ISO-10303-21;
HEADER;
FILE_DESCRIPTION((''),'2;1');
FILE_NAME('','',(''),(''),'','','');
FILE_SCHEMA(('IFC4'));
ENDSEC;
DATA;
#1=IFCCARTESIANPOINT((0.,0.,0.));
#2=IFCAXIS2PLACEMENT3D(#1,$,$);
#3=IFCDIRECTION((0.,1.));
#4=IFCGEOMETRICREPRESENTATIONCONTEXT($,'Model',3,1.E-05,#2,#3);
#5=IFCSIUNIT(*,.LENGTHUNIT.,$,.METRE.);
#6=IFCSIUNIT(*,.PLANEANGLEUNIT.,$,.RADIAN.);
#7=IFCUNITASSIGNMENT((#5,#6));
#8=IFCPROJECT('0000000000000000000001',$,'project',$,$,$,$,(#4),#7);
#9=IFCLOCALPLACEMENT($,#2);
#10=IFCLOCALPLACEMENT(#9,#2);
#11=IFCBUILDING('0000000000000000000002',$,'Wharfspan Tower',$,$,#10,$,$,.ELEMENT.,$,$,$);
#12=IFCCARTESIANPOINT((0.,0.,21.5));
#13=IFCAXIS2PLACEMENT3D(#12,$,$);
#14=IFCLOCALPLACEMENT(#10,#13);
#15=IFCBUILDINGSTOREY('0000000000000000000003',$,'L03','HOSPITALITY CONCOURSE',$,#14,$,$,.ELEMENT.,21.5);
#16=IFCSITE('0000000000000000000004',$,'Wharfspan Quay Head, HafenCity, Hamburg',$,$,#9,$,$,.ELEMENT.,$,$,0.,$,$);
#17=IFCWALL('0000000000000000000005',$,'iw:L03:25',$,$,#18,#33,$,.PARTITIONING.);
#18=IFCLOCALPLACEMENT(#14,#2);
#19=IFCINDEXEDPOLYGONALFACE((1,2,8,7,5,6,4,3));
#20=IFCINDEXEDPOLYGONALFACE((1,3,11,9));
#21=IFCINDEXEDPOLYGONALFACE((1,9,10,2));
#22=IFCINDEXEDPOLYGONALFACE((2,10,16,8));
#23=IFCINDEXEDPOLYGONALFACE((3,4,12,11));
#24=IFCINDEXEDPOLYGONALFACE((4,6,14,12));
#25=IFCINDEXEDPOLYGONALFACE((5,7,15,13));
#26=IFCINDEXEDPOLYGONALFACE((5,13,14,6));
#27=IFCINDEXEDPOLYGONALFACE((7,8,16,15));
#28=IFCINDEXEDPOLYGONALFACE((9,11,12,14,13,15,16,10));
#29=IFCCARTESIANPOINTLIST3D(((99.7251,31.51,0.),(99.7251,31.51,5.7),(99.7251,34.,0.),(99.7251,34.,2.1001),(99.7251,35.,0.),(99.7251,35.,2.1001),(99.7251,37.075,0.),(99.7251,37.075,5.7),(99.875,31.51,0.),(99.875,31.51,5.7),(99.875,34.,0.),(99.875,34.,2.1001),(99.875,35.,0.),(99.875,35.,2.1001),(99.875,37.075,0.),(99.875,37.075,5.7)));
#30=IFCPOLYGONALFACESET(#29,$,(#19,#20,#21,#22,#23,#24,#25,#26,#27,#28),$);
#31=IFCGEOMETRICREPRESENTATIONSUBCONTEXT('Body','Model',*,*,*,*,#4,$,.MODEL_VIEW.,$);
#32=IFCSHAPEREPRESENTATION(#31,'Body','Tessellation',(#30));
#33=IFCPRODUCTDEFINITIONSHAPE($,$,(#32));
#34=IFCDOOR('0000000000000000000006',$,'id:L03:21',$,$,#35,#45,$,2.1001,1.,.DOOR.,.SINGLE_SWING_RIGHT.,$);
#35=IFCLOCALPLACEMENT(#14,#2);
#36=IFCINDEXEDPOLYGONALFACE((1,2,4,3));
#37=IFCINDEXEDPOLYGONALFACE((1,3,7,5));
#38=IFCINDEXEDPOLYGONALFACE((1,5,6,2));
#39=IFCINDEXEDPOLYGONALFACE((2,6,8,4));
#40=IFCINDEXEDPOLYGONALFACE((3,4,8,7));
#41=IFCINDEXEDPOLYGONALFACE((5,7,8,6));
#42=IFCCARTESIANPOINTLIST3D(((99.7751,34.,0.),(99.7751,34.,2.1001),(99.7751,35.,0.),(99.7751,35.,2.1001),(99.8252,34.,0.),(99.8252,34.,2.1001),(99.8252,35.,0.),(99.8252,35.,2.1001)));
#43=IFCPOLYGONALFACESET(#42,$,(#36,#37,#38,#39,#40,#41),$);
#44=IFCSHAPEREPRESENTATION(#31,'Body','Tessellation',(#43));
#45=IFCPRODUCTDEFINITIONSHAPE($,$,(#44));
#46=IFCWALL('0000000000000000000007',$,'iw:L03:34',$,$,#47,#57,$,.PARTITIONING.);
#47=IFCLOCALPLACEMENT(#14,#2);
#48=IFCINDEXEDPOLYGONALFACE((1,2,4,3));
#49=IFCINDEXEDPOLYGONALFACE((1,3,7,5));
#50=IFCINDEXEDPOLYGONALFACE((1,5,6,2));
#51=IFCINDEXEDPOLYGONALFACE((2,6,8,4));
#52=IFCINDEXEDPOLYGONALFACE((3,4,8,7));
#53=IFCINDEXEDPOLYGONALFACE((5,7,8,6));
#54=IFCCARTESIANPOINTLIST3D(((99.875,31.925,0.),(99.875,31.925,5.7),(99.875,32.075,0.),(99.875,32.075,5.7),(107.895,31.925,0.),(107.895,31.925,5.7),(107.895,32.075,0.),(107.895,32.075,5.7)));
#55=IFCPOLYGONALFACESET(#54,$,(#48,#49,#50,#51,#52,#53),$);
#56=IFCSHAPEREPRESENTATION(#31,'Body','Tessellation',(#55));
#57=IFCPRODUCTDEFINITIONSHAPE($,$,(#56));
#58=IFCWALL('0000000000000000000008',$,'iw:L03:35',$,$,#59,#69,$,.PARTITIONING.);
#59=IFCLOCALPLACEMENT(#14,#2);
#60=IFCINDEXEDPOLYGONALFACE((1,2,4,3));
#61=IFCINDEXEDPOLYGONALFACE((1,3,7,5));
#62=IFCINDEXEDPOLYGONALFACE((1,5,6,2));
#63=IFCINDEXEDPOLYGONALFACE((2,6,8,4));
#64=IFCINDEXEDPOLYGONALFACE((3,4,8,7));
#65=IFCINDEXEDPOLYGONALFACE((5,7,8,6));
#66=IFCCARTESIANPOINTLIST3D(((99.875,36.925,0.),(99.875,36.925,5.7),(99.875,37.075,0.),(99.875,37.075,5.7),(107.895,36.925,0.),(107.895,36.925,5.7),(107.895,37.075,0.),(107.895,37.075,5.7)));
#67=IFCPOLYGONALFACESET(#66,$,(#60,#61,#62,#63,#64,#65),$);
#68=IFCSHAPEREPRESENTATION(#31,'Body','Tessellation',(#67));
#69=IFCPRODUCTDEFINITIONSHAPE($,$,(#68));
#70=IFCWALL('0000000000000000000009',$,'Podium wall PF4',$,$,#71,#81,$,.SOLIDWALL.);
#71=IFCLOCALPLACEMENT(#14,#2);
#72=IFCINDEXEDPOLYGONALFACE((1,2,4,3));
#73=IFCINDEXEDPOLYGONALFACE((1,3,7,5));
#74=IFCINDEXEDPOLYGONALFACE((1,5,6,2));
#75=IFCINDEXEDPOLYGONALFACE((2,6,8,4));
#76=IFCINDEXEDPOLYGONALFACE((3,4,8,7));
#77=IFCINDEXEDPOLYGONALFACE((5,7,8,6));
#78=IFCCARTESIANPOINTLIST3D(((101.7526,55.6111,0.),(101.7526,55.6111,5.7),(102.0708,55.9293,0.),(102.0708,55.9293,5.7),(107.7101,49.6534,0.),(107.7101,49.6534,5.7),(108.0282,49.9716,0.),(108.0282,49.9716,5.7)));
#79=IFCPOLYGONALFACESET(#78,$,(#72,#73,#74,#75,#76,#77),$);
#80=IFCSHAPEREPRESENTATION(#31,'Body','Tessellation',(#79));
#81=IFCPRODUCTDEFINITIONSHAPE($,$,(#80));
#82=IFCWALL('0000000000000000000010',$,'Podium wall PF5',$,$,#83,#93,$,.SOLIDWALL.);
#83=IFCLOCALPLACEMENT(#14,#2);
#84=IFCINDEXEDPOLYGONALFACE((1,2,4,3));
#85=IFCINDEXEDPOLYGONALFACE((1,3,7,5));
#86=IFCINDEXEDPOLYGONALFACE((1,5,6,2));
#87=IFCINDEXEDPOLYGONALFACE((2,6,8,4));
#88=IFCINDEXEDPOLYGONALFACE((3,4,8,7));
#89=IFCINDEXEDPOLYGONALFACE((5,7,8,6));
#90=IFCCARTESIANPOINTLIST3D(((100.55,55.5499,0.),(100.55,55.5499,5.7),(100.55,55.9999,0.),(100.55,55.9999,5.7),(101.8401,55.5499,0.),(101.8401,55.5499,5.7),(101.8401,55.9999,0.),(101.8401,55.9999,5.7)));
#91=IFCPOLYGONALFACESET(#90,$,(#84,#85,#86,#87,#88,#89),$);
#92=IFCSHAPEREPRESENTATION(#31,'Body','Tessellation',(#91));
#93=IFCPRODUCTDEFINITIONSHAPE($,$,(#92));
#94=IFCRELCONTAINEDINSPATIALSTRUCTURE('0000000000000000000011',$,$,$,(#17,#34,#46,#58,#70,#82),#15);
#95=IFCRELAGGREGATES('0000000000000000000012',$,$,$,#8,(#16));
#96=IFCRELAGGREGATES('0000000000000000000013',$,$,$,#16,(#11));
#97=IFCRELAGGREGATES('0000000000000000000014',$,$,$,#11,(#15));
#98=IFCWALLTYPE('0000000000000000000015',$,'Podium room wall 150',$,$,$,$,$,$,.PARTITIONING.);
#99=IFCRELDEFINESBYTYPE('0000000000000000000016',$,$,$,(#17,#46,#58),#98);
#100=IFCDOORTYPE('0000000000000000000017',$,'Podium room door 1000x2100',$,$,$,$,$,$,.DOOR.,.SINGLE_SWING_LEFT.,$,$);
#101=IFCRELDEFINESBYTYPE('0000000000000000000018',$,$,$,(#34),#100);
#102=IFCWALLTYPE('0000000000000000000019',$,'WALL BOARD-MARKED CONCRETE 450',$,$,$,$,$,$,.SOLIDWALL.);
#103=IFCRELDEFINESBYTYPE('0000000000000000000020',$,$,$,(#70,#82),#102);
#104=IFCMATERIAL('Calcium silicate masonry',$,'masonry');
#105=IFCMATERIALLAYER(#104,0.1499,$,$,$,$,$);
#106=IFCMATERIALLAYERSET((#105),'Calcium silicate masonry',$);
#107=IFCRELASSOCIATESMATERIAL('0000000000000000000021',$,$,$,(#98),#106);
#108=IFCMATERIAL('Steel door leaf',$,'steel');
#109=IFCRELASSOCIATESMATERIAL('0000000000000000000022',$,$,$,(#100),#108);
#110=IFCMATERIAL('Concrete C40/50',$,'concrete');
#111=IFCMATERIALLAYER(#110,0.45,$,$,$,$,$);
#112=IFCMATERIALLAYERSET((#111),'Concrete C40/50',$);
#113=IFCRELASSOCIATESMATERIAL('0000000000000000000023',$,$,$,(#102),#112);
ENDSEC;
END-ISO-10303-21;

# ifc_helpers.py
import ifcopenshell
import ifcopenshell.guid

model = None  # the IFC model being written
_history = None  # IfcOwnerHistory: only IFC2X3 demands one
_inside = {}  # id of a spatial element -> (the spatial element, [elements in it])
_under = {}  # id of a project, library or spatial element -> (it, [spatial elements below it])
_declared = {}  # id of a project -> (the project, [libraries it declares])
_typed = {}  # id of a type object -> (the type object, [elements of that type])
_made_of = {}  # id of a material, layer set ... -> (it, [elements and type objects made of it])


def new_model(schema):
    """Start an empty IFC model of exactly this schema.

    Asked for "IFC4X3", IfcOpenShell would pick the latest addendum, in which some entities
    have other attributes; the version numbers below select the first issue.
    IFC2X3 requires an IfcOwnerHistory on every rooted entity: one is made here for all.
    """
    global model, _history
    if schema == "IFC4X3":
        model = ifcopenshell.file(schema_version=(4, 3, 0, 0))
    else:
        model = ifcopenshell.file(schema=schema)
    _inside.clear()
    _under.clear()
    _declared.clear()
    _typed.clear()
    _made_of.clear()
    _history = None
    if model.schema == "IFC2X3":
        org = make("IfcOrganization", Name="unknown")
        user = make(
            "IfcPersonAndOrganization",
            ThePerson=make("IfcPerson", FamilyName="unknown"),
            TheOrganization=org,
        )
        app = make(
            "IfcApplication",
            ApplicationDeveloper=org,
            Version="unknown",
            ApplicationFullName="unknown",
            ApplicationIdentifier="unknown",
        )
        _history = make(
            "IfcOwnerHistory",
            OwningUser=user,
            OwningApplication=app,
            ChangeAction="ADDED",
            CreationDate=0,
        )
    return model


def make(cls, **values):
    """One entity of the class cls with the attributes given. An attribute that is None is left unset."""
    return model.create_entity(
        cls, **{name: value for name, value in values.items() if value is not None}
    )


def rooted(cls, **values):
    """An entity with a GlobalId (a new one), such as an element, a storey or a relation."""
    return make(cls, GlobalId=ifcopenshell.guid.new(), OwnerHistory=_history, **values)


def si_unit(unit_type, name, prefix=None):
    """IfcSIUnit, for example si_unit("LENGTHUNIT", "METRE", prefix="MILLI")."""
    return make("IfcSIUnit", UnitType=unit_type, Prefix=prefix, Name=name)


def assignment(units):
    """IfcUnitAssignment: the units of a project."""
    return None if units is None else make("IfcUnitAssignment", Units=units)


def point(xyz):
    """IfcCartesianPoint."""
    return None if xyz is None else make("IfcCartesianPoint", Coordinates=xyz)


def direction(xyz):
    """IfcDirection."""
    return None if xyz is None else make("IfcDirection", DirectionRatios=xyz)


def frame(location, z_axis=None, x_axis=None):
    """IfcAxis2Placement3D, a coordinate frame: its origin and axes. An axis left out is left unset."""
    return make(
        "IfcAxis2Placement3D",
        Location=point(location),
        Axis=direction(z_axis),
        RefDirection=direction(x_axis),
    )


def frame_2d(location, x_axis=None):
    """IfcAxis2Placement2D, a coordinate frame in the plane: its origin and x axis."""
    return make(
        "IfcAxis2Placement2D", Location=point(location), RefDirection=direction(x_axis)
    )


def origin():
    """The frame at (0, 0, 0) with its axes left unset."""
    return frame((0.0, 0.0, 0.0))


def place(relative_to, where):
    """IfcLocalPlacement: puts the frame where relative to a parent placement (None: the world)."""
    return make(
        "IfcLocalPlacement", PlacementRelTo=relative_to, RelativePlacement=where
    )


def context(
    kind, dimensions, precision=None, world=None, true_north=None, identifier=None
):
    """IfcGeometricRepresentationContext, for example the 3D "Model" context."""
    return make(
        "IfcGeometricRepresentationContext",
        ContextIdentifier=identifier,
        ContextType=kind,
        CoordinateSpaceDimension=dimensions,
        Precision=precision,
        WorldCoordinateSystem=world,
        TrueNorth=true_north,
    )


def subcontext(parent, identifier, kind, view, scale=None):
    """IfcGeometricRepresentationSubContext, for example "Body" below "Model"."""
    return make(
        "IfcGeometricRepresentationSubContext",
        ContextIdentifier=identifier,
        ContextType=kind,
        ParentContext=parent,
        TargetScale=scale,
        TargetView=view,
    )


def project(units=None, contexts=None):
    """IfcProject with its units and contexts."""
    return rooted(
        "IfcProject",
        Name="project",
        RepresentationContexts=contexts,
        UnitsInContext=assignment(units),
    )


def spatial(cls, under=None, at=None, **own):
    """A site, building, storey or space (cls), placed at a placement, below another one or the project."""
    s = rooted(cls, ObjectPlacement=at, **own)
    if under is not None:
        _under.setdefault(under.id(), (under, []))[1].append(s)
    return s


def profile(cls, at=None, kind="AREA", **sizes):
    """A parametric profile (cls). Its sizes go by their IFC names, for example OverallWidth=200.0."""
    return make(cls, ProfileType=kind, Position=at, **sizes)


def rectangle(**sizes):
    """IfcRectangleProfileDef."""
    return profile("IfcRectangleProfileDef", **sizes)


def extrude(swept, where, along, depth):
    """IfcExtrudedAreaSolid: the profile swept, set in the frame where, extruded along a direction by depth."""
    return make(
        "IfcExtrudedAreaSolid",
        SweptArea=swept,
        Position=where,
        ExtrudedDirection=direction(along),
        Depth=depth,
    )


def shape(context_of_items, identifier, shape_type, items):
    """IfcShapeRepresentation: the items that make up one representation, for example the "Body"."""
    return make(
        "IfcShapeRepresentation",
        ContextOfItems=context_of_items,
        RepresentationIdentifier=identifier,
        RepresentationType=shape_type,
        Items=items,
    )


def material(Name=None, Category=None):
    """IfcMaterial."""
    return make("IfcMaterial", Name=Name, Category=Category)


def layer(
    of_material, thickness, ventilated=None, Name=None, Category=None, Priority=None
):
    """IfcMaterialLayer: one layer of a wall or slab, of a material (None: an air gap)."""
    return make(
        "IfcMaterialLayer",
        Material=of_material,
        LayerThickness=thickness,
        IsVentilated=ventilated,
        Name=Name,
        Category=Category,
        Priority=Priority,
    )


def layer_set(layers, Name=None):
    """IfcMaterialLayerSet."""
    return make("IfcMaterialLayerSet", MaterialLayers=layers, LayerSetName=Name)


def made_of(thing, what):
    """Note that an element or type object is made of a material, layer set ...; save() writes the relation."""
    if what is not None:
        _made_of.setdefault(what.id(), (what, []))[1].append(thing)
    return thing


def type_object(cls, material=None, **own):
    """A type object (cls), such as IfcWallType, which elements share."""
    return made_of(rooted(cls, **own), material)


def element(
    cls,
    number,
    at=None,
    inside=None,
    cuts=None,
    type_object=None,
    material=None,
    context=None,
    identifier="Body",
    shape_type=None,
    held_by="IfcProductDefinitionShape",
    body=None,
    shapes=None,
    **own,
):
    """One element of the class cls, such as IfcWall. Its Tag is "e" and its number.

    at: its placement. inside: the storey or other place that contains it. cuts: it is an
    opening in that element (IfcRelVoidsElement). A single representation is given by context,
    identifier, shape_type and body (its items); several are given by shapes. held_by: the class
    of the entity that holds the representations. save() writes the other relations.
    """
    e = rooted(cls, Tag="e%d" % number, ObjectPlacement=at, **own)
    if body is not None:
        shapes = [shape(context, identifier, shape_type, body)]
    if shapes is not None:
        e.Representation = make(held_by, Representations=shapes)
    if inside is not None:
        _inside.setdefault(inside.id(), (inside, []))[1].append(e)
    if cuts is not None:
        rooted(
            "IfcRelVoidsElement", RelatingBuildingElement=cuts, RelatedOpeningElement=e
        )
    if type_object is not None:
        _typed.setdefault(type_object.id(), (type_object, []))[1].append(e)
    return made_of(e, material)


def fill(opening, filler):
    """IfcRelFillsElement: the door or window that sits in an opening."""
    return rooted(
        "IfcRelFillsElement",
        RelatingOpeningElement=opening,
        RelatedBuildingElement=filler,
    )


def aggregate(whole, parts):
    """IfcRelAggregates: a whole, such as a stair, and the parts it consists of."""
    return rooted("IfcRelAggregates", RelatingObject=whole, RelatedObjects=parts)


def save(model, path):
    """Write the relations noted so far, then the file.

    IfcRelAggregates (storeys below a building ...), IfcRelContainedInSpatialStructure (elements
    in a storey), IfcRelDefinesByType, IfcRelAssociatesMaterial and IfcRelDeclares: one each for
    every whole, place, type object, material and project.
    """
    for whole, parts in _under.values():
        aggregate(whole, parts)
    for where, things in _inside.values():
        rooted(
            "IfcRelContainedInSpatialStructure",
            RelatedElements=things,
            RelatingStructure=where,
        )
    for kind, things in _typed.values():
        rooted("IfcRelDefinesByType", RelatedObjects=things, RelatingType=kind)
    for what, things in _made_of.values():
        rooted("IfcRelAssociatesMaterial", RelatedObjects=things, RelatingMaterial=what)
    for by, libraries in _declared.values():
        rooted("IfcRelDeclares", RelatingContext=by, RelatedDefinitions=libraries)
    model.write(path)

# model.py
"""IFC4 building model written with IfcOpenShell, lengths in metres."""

from ifc_helpers import new_model, si_unit, direction, frame, frame_2d, origin, place, context, subcontext, project, spatial, rectangle, extrude, material, layer, layer_set, type_object, element, fill, save


model = new_model("IFC4")

# Units and contexts
model_context = context("Model", 3, precision=1e-05, world=origin(), true_north=direction((0.0, 1.0)))
body_context = subcontext(model_context, "Body", "Model", "MODEL_VIEW")
ifc_project = project(units=[si_unit("LENGTHUNIT", "METRE"), si_unit("PLANEANGLEUNIT", "RADIAN")], contexts=[model_context])

# Site, building, storey
site_placement = place(None, origin())
site = spatial("IfcSite", under=ifc_project, at=site_placement, Name="Wharfspan Quay Head, HafenCity, Hamburg", CompositionType="ELEMENT", RefElevation=0.0)
building_placement = place(site_placement, origin())
building = spatial("IfcBuilding", under=site, at=building_placement, Name="Wharfspan Tower", CompositionType="ELEMENT")
storey_placement = place(building_placement, frame((0.0, 0.0, 21.5)))
storey = spatial("IfcBuildingStorey", under=building, at=storey_placement, Name="L03", Description="HOSPITALITY CONCOURSE", CompositionType="ELEMENT", Elevation=21.5)

# Wall, opening, door
ifc_material_1 = material(Name="Calcium silicate masonry", Category="masonry")
ifc_layer_1 = layer(ifc_material_1, 0.1499)
ifc_layer_set_1 = layer_set([ifc_layer_1], Name="Calcium silicate masonry")
wall_type_1 = type_object("IfcWallType", Name="Podium room wall 150", PredefinedType="PARTITIONING", material=ifc_layer_set_1)
wall_1_placement = place(storey_placement, frame((99.8, 31.51, 0.0), z_axis=(0.0, 0.0, 1.0), x_axis=(0.0, 1.0, 0.0)))
wall_1 = element("IfcWall", 1, at=wall_1_placement, inside=storey, type_object=wall_type_1, Name="iw:L03:25", PredefinedType="PARTITIONING", context=body_context, shape_type="SweptSolid", body=[
    extrude(rectangle(XDim=5.5649, YDim=0.1499, at=frame_2d((2.7825, 0.0))), origin(), (0.0, 0.0, 1.0), 5.7),
])
opening_placement = place(wall_1_placement, frame((2.49, 0.0, 0.0)))
opening = element("IfcOpeningElement", 2, at=opening_placement, cuts=wall_1, PredefinedType="OPENING", context=body_context, shape_type="SweptSolid", body=[
    extrude(rectangle(XDim=1.0, YDim=2.1001, at=frame_2d((0.5, 1.05))), frame((0.0, 0.085, 0.0), z_axis=(0.0, -1.0, 0.0), x_axis=(1.0, 0.0, 0.0)), (0.0, 0.0, 1.0), 0.1699),
])
ifc_material_2 = material(Name="Steel door leaf", Category="steel")
door_type = type_object("IfcDoorType", Name="Podium room door 1000x2100", OperationType="SINGLE_SWING_LEFT", PredefinedType="DOOR", material=ifc_material_2)
door_placement = place(opening_placement, origin())
door = element("IfcDoor", 3, at=door_placement, inside=storey, type_object=door_type, Name="id:L03:21", OperationType="SINGLE_SWING_RIGHT", OverallHeight=2.1001, OverallWidth=1.0, PredefinedType="DOOR", context=body_context, shape_type="SweptSolid", body=[
    extrude(rectangle(XDim=1.0, YDim=2.1001, at=frame_2d((0.5, 1.05))), frame((0.0, 0.0249, 0.0), z_axis=(0.0, -1.0, 0.0), x_axis=(1.0, 0.0, 0.0)), (0.0, 0.0, 1.0), 0.05),
])
fill(opening, door)

# Walls
for number, where, z_axis, x_axis, name in (
    (4, (99.875, 32.0, 0.0), (0.0, 0.0, 1.0), (1.0, 0.0, 0.0), "iw:L03:34"),
    (5, (99.875, 37.0, 0.0), (0.0, 0.0, 1.0), (1.0, 0.0, 0.0), "iw:L03:35"),
):
    element("IfcWall", number, at=place(storey_placement, frame(where, z_axis=z_axis, x_axis=x_axis)), inside=storey, type_object=wall_type_1, Name=name, PredefinedType="PARTITIONING", context=body_context, shape_type="SweptSolid", body=[
        extrude(rectangle(XDim=8.02, YDim=0.1499, at=frame_2d((4.01, 0.0))), origin(), (0.0, 0.0, 1.0), 5.7),
    ])
ifc_material_3 = material(Name="Concrete C40/50", Category="concrete")
ifc_layer_2 = layer(ifc_material_3, 0.45)
ifc_layer_set_2 = layer_set([ifc_layer_2], Name="Concrete C40/50")
wall_type_2 = type_object("IfcWallType", Name="WALL BOARD-MARKED CONCRETE 450", PredefinedType="SOLIDWALL", material=ifc_layer_set_2)
wall_2_placement = place(storey_placement, frame((107.8691, 49.8125, 0.0), z_axis=(0.0, 0.0, 1.0), x_axis=(-0.707092, 0.707121, 0.0)))
element("IfcWall", 6, at=wall_2_placement, inside=storey, type_object=wall_type_2, Name="Podium wall PF4", PredefinedType="SOLIDWALL", context=body_context, shape_type="SweptSolid", body=[
    extrude(rectangle(XDim=8.4253, YDim=0.45, at=frame_2d((4.2126, 0.0))), origin(), (0.0, 0.0, 1.0), 5.7),
])
wall_3_placement = place(storey_placement, frame((101.8401, 55.7749, 0.0), z_axis=(0.0, 0.0, 1.0), x_axis=(-1.0, 0.0, 0.0)))
element("IfcWall", 7, at=wall_3_placement, inside=storey, type_object=wall_type_2, Name="Podium wall PF5", PredefinedType="SOLIDWALL", context=body_context, shape_type="SweptSolid", body=[
    extrude(rectangle(XDim=1.29, YDim=0.45, at=frame_2d((0.645, 0.0))), origin(), (0.0, 0.0, 1.0), 5.7),
])

save(model, "model.ifc")
